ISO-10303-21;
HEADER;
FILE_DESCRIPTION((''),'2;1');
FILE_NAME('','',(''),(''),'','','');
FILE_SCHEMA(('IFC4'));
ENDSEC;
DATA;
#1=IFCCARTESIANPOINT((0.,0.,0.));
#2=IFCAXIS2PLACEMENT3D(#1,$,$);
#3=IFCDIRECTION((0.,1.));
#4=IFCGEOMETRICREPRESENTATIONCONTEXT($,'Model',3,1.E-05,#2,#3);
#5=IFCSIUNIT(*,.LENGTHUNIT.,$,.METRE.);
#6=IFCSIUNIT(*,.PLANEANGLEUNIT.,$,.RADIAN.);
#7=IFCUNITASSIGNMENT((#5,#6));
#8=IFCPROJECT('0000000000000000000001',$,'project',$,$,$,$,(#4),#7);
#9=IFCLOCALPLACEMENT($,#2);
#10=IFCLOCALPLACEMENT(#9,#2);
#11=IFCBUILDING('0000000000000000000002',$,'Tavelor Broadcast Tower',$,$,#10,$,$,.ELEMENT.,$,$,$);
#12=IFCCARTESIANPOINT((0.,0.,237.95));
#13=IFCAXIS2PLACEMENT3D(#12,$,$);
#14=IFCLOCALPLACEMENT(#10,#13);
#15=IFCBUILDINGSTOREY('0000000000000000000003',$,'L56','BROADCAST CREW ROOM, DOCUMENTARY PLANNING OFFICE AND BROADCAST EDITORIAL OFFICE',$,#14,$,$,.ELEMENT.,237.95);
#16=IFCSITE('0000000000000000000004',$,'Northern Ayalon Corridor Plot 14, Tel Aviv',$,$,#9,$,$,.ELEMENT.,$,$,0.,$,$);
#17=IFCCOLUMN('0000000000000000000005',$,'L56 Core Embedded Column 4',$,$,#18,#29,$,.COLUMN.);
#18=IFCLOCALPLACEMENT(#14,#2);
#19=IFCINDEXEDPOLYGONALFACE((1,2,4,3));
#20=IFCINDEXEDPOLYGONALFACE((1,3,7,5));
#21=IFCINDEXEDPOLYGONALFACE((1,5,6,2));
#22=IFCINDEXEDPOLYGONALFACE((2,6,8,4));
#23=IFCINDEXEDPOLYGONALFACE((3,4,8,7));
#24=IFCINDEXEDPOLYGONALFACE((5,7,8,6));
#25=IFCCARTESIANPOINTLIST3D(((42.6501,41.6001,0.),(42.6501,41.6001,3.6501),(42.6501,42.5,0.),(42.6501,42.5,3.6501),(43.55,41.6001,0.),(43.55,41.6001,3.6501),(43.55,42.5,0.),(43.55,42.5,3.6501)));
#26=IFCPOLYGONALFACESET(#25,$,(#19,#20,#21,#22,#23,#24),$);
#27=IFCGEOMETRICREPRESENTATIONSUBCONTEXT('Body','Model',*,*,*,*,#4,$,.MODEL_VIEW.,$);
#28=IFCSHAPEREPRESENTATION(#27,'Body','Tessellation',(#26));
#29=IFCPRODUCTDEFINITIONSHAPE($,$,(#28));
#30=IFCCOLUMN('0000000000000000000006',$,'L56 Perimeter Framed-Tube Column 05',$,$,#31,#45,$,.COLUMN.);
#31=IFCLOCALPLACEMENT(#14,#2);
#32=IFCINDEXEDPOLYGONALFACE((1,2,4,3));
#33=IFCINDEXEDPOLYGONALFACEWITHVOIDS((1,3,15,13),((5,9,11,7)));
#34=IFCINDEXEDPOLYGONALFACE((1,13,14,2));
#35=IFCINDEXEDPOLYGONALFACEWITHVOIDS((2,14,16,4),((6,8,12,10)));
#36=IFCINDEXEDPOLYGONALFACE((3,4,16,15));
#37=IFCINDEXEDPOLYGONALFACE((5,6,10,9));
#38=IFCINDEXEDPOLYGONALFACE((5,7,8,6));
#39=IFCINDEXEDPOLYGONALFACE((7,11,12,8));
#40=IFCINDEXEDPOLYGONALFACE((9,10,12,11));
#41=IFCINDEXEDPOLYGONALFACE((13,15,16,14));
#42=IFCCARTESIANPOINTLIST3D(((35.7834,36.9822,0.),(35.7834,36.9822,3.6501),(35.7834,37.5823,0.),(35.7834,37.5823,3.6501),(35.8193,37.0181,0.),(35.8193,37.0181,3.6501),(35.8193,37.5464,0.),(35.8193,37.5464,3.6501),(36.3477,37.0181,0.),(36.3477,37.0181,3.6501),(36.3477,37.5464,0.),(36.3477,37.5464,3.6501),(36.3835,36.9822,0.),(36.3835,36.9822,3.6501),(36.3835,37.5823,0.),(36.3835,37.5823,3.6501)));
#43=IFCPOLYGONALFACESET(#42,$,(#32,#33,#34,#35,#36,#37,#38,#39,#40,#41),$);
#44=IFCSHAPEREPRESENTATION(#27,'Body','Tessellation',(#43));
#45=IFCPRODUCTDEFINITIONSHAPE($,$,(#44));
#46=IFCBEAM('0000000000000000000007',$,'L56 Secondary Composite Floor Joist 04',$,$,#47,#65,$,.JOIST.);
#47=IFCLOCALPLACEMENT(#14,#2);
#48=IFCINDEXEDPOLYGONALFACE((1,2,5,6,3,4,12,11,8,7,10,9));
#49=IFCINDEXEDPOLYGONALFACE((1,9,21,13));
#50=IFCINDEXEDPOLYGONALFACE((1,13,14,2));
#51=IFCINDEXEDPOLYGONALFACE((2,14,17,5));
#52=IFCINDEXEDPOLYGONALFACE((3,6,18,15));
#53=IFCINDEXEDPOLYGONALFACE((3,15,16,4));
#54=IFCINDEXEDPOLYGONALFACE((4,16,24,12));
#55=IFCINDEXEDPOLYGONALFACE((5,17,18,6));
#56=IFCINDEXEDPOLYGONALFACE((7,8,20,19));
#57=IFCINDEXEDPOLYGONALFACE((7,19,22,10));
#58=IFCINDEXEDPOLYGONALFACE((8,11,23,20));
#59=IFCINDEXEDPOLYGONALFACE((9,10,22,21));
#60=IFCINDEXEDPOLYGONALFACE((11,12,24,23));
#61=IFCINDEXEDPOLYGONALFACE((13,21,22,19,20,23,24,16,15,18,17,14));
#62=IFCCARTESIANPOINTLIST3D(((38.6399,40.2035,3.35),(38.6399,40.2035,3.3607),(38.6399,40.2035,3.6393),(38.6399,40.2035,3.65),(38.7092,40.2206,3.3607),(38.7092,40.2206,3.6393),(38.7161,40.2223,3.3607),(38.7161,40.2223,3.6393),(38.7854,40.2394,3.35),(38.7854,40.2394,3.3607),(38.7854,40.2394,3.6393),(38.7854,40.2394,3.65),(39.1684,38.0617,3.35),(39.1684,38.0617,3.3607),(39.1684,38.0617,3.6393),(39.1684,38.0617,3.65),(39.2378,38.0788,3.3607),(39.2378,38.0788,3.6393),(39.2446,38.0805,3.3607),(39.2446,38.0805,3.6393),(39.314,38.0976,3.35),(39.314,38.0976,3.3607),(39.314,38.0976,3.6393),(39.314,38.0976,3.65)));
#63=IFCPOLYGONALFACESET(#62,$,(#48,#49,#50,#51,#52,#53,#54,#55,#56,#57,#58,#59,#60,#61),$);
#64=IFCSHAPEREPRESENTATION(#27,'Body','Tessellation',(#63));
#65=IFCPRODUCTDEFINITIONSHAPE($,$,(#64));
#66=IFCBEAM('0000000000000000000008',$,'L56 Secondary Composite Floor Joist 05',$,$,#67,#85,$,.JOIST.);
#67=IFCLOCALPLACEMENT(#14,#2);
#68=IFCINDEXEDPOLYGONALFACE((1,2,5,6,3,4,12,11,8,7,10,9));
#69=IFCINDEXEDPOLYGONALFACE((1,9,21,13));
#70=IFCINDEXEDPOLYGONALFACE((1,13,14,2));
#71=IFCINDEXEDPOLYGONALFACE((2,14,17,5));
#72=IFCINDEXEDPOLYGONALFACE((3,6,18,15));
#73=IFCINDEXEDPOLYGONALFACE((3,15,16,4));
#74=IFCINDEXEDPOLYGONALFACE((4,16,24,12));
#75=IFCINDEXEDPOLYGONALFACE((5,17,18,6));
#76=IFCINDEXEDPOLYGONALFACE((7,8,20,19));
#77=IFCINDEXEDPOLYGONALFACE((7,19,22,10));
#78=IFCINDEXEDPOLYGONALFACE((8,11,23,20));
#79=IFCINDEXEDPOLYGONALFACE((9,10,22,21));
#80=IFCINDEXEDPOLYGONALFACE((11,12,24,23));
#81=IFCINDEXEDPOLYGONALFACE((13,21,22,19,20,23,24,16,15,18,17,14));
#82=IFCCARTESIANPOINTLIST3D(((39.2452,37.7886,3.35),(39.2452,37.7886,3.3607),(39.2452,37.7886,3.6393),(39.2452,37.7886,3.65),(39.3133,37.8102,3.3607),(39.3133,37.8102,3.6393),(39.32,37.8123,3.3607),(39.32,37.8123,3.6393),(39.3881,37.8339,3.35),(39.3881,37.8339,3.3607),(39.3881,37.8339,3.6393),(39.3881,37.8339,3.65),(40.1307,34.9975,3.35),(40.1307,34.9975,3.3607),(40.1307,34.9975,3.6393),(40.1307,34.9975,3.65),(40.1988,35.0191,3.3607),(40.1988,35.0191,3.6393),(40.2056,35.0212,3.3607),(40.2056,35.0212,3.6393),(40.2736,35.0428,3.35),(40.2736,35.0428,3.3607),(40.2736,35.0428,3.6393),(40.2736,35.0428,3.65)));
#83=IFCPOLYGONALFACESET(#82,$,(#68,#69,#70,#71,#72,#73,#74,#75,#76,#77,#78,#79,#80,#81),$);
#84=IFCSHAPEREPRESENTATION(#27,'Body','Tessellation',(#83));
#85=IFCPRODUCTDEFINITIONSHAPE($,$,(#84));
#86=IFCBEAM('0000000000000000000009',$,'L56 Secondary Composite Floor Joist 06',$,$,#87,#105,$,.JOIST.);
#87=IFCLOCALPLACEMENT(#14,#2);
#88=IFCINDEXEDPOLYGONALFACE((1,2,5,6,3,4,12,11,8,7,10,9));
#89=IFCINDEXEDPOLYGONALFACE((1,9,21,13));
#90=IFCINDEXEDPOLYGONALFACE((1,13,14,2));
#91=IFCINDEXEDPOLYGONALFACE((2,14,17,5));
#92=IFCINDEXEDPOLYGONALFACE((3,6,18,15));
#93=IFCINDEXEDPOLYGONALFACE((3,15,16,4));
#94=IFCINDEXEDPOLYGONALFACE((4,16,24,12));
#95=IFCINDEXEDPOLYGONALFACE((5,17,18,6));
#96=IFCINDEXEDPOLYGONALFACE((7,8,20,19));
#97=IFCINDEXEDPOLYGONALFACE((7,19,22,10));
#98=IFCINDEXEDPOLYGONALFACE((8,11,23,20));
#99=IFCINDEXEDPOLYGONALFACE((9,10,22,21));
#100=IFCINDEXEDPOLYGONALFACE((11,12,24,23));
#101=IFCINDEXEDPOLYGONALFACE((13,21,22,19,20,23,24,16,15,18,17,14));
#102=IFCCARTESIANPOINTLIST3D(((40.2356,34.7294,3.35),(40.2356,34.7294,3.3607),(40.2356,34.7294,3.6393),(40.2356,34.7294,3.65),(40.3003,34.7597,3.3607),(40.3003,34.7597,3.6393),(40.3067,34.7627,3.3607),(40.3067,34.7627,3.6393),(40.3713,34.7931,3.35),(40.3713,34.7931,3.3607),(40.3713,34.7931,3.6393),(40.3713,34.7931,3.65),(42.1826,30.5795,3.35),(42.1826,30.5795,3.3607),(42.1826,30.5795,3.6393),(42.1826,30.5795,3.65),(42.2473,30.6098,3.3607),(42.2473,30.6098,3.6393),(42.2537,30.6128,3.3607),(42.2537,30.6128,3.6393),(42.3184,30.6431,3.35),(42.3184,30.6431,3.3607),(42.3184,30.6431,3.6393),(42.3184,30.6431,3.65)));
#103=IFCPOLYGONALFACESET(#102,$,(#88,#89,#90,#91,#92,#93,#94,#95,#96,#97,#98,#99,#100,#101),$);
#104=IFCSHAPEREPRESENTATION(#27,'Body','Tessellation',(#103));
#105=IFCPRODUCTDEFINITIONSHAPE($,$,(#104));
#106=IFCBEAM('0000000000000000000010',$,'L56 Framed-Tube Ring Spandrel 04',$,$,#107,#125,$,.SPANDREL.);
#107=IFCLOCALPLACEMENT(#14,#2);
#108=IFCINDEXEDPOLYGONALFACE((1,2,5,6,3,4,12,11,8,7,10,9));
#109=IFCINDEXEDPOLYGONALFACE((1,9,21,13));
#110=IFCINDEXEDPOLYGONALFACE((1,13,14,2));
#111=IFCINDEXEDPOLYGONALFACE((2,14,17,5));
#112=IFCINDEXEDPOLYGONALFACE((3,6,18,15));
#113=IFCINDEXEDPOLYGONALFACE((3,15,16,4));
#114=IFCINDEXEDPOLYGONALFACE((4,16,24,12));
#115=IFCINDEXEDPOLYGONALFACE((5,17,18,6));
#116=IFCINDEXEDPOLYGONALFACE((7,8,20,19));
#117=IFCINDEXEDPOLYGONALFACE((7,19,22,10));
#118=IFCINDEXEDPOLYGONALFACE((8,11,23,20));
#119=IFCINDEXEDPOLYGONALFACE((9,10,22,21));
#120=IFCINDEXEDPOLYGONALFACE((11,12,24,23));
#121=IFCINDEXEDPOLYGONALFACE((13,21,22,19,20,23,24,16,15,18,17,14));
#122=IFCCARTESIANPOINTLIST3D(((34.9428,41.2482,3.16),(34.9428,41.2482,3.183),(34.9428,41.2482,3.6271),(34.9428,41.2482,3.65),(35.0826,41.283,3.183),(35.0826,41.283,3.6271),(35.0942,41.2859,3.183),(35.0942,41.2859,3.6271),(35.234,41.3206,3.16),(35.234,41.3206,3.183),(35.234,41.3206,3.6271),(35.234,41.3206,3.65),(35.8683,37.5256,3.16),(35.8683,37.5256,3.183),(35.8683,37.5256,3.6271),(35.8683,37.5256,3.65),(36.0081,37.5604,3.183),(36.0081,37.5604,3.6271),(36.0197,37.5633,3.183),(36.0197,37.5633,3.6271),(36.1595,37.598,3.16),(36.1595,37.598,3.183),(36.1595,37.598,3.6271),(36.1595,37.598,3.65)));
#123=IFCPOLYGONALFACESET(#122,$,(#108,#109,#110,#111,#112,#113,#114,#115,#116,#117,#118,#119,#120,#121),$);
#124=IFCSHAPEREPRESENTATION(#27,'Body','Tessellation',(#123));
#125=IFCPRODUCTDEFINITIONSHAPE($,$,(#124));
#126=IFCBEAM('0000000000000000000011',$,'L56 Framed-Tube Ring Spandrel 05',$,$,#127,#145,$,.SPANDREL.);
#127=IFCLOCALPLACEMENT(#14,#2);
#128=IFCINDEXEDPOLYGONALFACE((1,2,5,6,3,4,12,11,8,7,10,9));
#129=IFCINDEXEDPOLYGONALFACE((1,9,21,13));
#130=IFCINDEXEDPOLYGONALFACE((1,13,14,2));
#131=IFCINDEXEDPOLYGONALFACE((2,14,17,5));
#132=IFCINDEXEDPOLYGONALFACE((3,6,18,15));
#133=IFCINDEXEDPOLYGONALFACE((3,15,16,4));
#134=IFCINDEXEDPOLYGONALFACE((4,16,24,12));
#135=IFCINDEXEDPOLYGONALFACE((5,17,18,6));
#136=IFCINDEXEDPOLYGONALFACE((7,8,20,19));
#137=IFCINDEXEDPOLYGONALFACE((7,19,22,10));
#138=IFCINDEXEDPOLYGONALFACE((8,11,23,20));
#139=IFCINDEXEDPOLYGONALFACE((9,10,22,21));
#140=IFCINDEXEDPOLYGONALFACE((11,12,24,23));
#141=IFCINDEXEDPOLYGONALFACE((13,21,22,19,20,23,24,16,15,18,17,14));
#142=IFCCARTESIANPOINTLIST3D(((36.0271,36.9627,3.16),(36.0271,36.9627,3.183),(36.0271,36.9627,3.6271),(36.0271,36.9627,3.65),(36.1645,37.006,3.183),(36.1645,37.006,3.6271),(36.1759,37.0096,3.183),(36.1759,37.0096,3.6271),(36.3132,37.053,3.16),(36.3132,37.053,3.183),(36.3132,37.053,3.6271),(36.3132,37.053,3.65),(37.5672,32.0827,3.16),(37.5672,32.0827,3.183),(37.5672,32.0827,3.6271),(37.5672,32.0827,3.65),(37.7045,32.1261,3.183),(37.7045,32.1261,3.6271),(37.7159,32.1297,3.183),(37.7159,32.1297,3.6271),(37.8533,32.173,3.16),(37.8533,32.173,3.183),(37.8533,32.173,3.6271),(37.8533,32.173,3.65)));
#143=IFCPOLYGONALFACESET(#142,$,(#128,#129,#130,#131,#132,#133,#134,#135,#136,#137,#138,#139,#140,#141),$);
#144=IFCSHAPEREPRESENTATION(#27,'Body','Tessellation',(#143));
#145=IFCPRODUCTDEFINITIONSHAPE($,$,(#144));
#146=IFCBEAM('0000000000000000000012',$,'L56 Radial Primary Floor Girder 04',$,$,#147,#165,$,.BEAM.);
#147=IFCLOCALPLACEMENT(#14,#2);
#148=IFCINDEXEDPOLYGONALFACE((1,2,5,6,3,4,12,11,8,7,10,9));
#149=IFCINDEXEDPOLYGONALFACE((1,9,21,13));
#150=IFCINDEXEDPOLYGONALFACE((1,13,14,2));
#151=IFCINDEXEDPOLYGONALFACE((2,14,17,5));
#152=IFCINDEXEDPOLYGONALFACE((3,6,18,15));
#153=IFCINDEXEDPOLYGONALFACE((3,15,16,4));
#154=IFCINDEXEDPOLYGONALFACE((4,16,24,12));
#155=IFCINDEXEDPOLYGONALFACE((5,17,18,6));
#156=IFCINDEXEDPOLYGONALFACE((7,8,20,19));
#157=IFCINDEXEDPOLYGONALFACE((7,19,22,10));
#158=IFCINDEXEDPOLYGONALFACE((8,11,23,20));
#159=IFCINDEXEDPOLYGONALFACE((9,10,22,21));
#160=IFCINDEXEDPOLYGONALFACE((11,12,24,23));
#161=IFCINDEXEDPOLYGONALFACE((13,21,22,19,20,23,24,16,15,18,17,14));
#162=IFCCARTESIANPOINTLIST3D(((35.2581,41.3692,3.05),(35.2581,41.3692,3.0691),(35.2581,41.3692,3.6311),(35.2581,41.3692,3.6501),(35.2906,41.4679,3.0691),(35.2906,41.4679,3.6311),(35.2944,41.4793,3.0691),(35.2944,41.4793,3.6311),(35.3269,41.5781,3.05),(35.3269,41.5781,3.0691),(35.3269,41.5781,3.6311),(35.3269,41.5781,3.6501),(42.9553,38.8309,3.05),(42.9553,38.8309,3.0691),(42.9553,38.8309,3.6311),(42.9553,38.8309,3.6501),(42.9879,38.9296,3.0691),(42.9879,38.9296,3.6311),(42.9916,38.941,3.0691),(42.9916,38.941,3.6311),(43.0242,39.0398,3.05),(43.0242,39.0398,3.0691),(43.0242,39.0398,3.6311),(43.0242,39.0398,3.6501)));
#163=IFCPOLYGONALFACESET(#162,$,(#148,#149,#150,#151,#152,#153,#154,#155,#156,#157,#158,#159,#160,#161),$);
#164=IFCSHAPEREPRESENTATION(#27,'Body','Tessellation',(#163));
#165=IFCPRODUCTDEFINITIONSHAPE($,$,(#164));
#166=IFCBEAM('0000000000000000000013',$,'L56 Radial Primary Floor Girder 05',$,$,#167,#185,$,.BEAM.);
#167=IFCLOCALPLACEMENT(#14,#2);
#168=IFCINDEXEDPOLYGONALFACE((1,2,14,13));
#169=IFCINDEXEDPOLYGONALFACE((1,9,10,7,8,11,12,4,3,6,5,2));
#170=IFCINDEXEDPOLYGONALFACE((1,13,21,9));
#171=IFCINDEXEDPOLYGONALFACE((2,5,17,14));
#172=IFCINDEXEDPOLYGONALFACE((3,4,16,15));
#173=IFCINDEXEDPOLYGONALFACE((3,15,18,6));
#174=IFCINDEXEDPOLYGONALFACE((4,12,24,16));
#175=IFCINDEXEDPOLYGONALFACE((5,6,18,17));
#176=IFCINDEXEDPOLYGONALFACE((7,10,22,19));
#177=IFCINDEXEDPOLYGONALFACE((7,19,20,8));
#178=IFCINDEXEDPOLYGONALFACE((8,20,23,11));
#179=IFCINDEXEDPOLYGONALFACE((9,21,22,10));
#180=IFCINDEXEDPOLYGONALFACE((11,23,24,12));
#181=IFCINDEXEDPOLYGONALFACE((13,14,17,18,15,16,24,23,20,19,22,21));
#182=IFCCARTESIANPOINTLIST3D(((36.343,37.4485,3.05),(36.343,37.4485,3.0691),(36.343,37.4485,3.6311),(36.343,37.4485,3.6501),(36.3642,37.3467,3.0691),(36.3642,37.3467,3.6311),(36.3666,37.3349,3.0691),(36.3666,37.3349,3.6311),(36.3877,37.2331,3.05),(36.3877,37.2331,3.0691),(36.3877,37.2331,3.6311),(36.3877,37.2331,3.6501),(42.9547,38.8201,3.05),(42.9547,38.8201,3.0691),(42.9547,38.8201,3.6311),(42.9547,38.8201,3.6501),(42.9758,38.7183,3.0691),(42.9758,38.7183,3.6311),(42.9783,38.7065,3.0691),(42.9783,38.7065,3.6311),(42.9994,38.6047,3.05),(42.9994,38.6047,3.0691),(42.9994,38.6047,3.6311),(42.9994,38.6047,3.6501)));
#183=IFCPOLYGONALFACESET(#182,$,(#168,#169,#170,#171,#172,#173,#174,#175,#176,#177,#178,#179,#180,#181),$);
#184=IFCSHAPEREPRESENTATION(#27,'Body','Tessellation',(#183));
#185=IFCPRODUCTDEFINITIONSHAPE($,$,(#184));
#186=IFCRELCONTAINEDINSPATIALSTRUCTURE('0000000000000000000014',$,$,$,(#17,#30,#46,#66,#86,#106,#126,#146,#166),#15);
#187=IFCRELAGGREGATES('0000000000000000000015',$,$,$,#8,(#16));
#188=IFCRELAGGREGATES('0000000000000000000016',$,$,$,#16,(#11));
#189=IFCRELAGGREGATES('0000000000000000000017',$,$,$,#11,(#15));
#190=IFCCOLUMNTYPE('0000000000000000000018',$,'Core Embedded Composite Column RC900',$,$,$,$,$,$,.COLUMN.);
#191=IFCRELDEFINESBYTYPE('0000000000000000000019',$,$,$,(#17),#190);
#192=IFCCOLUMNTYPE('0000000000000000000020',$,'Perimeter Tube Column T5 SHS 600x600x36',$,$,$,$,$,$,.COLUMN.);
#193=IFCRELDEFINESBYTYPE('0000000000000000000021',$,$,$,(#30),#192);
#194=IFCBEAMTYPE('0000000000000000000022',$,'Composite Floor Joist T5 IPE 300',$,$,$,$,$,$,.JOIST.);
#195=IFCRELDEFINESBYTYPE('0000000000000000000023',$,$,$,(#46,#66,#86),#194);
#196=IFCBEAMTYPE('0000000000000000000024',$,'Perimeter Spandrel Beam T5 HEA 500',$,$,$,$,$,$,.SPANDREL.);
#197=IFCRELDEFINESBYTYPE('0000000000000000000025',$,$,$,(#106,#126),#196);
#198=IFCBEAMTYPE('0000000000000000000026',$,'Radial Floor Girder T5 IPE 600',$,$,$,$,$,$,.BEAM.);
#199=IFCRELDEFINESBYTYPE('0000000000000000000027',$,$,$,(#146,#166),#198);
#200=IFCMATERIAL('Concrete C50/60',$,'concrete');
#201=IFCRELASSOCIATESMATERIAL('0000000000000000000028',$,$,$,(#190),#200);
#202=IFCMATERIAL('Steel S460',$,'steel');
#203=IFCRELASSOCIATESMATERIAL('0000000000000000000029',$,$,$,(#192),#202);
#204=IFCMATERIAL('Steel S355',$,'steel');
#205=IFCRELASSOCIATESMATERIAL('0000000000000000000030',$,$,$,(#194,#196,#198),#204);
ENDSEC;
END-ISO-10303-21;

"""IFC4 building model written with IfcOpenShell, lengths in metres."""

from ifc_helpers import new_model, si_unit, direction, frame, origin, origin_2d, place, context, subcontext, project, spatial, rectangle, hollow_rectangle, i_section, extrude, material, material_profile, profile_set, type_object, element, save


model = new_model("IFC4")

# Units and contexts
model_context = context("Model", 3, precision=1e-05, world=origin(), true_north=direction((0.0, 1.0)))
body_context = subcontext(model_context, "Body", "Model", "MODEL_VIEW")
ifc_project = project(units=[si_unit("LENGTHUNIT", "METRE"), si_unit("PLANEANGLEUNIT", "RADIAN")], contexts=[model_context])

# Site, building, storey
site_placement = place(None, origin())
site = spatial("IfcSite", under=ifc_project, at=site_placement, Name="Northern Ayalon Corridor Plot 14, Tel Aviv", CompositionType="ELEMENT", RefElevation=0.0)
building_placement = place(site_placement, origin())
building = spatial("IfcBuilding", under=site, at=building_placement, Name="Tavelor Broadcast Tower", CompositionType="ELEMENT")
storey_placement = place(building_placement, frame((0.0, 0.0, 237.95)))
storey = spatial("IfcBuildingStorey", under=building, at=storey_placement, Name="L56", Description="BROADCAST CREW ROOM, DOCUMENTARY PLANNING OFFICE AND BROADCAST EDITORIAL OFFICE", CompositionType="ELEMENT", Elevation=237.95)

# Columns
ifc_material_1 = material(Name="Concrete C50/60", Category="concrete")
ifc_material_profile_1 = material_profile(ifc_material_1, rectangle(XDim=0.8999, YDim=0.8999, at=origin_2d()), Name="RC 900x900")
ifc_profile_set_1 = profile_set([ifc_material_profile_1], Name="Concrete C50/60")
column_type_1 = type_object("IfcColumnType", Name="Core Embedded Composite Column RC900", PredefinedType="COLUMN", material=ifc_profile_set_1)
column_1_placement = place(storey_placement, frame((43.1001, 42.05, 0.0), z_axis=(0.0, 0.0, 1.0), x_axis=(1.0, 0.0, 0.0)))
element("IfcColumn", 1, at=column_1_placement, inside=storey, type_object=column_type_1, Name="L56 Core Embedded Column 4", PredefinedType="COLUMN", context=body_context, shape_type="SweptSolid", body=[
    extrude(rectangle(XDim=0.8999, YDim=0.8999, at=origin_2d()), origin(), (0.0, 0.0, 1.0), 3.6501),
])
ifc_material_2 = material(Name="Steel S460", Category="steel")
ifc_material_profile_2 = material_profile(ifc_material_2, hollow_rectangle(XDim=0.6001, YDim=0.6001, WallThickness=0.0359, at=origin_2d()), Name="SHS 600x600x36")
ifc_profile_set_2 = profile_set([ifc_material_profile_2], Name="Steel S460")
column_type_2 = type_object("IfcColumnType", Name="Perimeter Tube Column T5 SHS 600x600x36", PredefinedType="COLUMN", material=ifc_profile_set_2)
column_2_placement = place(storey_placement, frame((36.0835, 37.2822, 0.0), z_axis=(0.0, 0.0, 1.0), x_axis=(1.0, 0.0, 0.0)))
element("IfcColumn", 2, at=column_2_placement, inside=storey, type_object=column_type_2, Name="L56 Perimeter Framed-Tube Column 05", PredefinedType="COLUMN", context=body_context, shape_type="SweptSolid", body=[
    extrude(hollow_rectangle(XDim=0.6001, YDim=0.6001, WallThickness=0.0359, at=origin_2d()), origin(), (0.0, 0.0, 1.0), 3.6501),
])

# Beams
ifc_material_3 = material(Name="Steel S355", Category="steel")
ifc_material_profile_3 = material_profile(ifc_material_3, i_section(OverallWidth=0.1499, OverallDepth=0.3, WebThickness=0.0071, FlangeThickness=0.0107, at=origin_2d()), Name="IPE 300")
ifc_profile_set_3 = profile_set([ifc_material_profile_3], Name="Steel S355")
beam_type_1 = type_object("IfcBeamType", Name="Composite Floor Joist T5 IPE 300", PredefinedType="JOIST", material=ifc_profile_set_3)
beam_1_placement = place(storey_placement, frame((38.7126, 40.2214, 3.5), z_axis=(0.239592, -0.970874, 0.0), x_axis=(0.970874, 0.239592, 0.0)))
element("IfcBeam", 3, at=beam_1_placement, inside=storey, type_object=beam_type_1, Name="L56 Secondary Composite Floor Joist 04", PredefinedType="JOIST", context=body_context, shape_type="SweptSolid", body=[
    extrude(i_section(OverallWidth=0.1499, OverallDepth=0.3, WebThickness=0.0071, FlangeThickness=0.0107, at=origin_2d()), origin(), (0.0, 0.0, 1.0), 2.2061),
])
beam_2_placement = place(storey_placement, frame((39.3167, 37.8113, 3.5), z_axis=(0.302412, -0.953177, 0.0), x_axis=(0.953177, 0.302412, 0.0)))
element("IfcBeam", 4, at=beam_2_placement, inside=storey, type_object=beam_type_1, Name="L56 Secondary Composite Floor Joist 05", PredefinedType="JOIST", context=body_context, shape_type="SweptSolid", body=[
    extrude(i_section(OverallWidth=0.1499, OverallDepth=0.3, WebThickness=0.0071, FlangeThickness=0.0107, at=origin_2d()), origin(), (0.0, 0.0, 1.0), 2.9282),
])
beam_3_placement = place(storey_placement, frame((40.3035, 34.7612, 3.5), z_axis=(0.424748, -0.905312, 0.0), x_axis=(0.905312, 0.424748, 0.0)))
element("IfcBeam", 5, at=beam_3_placement, inside=storey, type_object=beam_type_1, Name="L56 Secondary Composite Floor Joist 06", PredefinedType="JOIST", context=body_context, shape_type="SweptSolid", body=[
    extrude(i_section(OverallWidth=0.1499, OverallDepth=0.3, WebThickness=0.0071, FlangeThickness=0.0107, at=origin_2d()), origin(), (0.0, 0.0, 1.0), 4.584),
])
ifc_material_profile_4 = material_profile(ifc_material_3, i_section(OverallWidth=0.3, OverallDepth=0.49, WebThickness=0.012, FlangeThickness=0.0229, at=origin_2d()), Name="HEA 500")
ifc_profile_set_4 = profile_set([ifc_material_profile_4], Name="Steel S355")
beam_type_2 = type_object("IfcBeamType", Name="Perimeter Spandrel Beam T5 HEA 500", PredefinedType="SPANDREL", material=ifc_profile_set_4)
beam_4_placement = place(storey_placement, frame((35.0884, 41.2844, 3.405), z_axis=(0.241278, -0.970456, 0.0), x_axis=(0.970456, 0.241278, 0.0)))
element("IfcBeam", 6, at=beam_4_placement, inside=storey, type_object=beam_type_2, Name="L56 Framed-Tube Ring Spandrel 04", PredefinedType="SPANDREL", context=body_context, shape_type="SweptSolid", body=[
    extrude(i_section(OverallWidth=0.3, OverallDepth=0.49, WebThickness=0.012, FlangeThickness=0.0229, at=origin_2d()), origin(), (0.0, 0.0, 1.0), 3.8359),
])
beam_5_placement = place(storey_placement, frame((36.1702, 37.0078, 3.405), z_axis=(0.300958, -0.953637, 0.0), x_axis=(0.953637, 0.300958, 0.0)))
element("IfcBeam", 7, at=beam_5_placement, inside=storey, type_object=beam_type_2, Name="L56 Framed-Tube Ring Spandrel 05", PredefinedType="SPANDREL", context=body_context, shape_type="SweptSolid", body=[
    extrude(i_section(OverallWidth=0.3, OverallDepth=0.49, WebThickness=0.012, FlangeThickness=0.0229, at=origin_2d()), origin(), (0.0, 0.0, 1.0), 5.1172),
])
ifc_material_profile_5 = material_profile(ifc_material_3, i_section(OverallWidth=0.22, OverallDepth=0.6001, WebThickness=0.012, FlangeThickness=0.019, at=origin_2d()), Name="IPE 600")
ifc_profile_set_5 = profile_set([ifc_material_profile_5], Name="Steel S355")
beam_type_3 = type_object("IfcBeamType", Name="Radial Floor Girder T5 IPE 600", PredefinedType="BEAM", material=ifc_profile_set_5)
beam_6_placement = place(storey_placement, frame((42.9897, 38.9353, 3.3501), z_axis=(-0.949694, 0.313181, 0.0), x_axis=(-0.313181, -0.949694, 0.0)))
element("IfcBeam", 8, at=beam_6_placement, inside=storey, type_object=beam_type_3, Name="L56 Radial Primary Floor Girder 04", PredefinedType="BEAM", context=body_context, shape_type="SweptSolid", body=[
    extrude(i_section(OverallWidth=0.22, OverallDepth=0.6001, WebThickness=0.012, FlangeThickness=0.019, at=origin_2d()), origin(), (0.0, 0.0, 1.0), 8.105),
])
beam_7_placement = place(storey_placement, frame((42.9771, 38.7124, 3.3501), z_axis=(-0.979152, -0.203127, 0.0), x_axis=(0.203127, -0.979152, 0.0)))
element("IfcBeam", 9, at=beam_7_placement, inside=storey, type_object=beam_type_3, Name="L56 Radial Primary Floor Girder 05", PredefinedType="BEAM", context=body_context, shape_type="SweptSolid", body=[
    extrude(i_section(OverallWidth=0.22, OverallDepth=0.6001, WebThickness=0.012, FlangeThickness=0.019, at=origin_2d()), origin(), (0.0, 0.0, 1.0), 6.7524),
])

save(model, "model.ifc")
